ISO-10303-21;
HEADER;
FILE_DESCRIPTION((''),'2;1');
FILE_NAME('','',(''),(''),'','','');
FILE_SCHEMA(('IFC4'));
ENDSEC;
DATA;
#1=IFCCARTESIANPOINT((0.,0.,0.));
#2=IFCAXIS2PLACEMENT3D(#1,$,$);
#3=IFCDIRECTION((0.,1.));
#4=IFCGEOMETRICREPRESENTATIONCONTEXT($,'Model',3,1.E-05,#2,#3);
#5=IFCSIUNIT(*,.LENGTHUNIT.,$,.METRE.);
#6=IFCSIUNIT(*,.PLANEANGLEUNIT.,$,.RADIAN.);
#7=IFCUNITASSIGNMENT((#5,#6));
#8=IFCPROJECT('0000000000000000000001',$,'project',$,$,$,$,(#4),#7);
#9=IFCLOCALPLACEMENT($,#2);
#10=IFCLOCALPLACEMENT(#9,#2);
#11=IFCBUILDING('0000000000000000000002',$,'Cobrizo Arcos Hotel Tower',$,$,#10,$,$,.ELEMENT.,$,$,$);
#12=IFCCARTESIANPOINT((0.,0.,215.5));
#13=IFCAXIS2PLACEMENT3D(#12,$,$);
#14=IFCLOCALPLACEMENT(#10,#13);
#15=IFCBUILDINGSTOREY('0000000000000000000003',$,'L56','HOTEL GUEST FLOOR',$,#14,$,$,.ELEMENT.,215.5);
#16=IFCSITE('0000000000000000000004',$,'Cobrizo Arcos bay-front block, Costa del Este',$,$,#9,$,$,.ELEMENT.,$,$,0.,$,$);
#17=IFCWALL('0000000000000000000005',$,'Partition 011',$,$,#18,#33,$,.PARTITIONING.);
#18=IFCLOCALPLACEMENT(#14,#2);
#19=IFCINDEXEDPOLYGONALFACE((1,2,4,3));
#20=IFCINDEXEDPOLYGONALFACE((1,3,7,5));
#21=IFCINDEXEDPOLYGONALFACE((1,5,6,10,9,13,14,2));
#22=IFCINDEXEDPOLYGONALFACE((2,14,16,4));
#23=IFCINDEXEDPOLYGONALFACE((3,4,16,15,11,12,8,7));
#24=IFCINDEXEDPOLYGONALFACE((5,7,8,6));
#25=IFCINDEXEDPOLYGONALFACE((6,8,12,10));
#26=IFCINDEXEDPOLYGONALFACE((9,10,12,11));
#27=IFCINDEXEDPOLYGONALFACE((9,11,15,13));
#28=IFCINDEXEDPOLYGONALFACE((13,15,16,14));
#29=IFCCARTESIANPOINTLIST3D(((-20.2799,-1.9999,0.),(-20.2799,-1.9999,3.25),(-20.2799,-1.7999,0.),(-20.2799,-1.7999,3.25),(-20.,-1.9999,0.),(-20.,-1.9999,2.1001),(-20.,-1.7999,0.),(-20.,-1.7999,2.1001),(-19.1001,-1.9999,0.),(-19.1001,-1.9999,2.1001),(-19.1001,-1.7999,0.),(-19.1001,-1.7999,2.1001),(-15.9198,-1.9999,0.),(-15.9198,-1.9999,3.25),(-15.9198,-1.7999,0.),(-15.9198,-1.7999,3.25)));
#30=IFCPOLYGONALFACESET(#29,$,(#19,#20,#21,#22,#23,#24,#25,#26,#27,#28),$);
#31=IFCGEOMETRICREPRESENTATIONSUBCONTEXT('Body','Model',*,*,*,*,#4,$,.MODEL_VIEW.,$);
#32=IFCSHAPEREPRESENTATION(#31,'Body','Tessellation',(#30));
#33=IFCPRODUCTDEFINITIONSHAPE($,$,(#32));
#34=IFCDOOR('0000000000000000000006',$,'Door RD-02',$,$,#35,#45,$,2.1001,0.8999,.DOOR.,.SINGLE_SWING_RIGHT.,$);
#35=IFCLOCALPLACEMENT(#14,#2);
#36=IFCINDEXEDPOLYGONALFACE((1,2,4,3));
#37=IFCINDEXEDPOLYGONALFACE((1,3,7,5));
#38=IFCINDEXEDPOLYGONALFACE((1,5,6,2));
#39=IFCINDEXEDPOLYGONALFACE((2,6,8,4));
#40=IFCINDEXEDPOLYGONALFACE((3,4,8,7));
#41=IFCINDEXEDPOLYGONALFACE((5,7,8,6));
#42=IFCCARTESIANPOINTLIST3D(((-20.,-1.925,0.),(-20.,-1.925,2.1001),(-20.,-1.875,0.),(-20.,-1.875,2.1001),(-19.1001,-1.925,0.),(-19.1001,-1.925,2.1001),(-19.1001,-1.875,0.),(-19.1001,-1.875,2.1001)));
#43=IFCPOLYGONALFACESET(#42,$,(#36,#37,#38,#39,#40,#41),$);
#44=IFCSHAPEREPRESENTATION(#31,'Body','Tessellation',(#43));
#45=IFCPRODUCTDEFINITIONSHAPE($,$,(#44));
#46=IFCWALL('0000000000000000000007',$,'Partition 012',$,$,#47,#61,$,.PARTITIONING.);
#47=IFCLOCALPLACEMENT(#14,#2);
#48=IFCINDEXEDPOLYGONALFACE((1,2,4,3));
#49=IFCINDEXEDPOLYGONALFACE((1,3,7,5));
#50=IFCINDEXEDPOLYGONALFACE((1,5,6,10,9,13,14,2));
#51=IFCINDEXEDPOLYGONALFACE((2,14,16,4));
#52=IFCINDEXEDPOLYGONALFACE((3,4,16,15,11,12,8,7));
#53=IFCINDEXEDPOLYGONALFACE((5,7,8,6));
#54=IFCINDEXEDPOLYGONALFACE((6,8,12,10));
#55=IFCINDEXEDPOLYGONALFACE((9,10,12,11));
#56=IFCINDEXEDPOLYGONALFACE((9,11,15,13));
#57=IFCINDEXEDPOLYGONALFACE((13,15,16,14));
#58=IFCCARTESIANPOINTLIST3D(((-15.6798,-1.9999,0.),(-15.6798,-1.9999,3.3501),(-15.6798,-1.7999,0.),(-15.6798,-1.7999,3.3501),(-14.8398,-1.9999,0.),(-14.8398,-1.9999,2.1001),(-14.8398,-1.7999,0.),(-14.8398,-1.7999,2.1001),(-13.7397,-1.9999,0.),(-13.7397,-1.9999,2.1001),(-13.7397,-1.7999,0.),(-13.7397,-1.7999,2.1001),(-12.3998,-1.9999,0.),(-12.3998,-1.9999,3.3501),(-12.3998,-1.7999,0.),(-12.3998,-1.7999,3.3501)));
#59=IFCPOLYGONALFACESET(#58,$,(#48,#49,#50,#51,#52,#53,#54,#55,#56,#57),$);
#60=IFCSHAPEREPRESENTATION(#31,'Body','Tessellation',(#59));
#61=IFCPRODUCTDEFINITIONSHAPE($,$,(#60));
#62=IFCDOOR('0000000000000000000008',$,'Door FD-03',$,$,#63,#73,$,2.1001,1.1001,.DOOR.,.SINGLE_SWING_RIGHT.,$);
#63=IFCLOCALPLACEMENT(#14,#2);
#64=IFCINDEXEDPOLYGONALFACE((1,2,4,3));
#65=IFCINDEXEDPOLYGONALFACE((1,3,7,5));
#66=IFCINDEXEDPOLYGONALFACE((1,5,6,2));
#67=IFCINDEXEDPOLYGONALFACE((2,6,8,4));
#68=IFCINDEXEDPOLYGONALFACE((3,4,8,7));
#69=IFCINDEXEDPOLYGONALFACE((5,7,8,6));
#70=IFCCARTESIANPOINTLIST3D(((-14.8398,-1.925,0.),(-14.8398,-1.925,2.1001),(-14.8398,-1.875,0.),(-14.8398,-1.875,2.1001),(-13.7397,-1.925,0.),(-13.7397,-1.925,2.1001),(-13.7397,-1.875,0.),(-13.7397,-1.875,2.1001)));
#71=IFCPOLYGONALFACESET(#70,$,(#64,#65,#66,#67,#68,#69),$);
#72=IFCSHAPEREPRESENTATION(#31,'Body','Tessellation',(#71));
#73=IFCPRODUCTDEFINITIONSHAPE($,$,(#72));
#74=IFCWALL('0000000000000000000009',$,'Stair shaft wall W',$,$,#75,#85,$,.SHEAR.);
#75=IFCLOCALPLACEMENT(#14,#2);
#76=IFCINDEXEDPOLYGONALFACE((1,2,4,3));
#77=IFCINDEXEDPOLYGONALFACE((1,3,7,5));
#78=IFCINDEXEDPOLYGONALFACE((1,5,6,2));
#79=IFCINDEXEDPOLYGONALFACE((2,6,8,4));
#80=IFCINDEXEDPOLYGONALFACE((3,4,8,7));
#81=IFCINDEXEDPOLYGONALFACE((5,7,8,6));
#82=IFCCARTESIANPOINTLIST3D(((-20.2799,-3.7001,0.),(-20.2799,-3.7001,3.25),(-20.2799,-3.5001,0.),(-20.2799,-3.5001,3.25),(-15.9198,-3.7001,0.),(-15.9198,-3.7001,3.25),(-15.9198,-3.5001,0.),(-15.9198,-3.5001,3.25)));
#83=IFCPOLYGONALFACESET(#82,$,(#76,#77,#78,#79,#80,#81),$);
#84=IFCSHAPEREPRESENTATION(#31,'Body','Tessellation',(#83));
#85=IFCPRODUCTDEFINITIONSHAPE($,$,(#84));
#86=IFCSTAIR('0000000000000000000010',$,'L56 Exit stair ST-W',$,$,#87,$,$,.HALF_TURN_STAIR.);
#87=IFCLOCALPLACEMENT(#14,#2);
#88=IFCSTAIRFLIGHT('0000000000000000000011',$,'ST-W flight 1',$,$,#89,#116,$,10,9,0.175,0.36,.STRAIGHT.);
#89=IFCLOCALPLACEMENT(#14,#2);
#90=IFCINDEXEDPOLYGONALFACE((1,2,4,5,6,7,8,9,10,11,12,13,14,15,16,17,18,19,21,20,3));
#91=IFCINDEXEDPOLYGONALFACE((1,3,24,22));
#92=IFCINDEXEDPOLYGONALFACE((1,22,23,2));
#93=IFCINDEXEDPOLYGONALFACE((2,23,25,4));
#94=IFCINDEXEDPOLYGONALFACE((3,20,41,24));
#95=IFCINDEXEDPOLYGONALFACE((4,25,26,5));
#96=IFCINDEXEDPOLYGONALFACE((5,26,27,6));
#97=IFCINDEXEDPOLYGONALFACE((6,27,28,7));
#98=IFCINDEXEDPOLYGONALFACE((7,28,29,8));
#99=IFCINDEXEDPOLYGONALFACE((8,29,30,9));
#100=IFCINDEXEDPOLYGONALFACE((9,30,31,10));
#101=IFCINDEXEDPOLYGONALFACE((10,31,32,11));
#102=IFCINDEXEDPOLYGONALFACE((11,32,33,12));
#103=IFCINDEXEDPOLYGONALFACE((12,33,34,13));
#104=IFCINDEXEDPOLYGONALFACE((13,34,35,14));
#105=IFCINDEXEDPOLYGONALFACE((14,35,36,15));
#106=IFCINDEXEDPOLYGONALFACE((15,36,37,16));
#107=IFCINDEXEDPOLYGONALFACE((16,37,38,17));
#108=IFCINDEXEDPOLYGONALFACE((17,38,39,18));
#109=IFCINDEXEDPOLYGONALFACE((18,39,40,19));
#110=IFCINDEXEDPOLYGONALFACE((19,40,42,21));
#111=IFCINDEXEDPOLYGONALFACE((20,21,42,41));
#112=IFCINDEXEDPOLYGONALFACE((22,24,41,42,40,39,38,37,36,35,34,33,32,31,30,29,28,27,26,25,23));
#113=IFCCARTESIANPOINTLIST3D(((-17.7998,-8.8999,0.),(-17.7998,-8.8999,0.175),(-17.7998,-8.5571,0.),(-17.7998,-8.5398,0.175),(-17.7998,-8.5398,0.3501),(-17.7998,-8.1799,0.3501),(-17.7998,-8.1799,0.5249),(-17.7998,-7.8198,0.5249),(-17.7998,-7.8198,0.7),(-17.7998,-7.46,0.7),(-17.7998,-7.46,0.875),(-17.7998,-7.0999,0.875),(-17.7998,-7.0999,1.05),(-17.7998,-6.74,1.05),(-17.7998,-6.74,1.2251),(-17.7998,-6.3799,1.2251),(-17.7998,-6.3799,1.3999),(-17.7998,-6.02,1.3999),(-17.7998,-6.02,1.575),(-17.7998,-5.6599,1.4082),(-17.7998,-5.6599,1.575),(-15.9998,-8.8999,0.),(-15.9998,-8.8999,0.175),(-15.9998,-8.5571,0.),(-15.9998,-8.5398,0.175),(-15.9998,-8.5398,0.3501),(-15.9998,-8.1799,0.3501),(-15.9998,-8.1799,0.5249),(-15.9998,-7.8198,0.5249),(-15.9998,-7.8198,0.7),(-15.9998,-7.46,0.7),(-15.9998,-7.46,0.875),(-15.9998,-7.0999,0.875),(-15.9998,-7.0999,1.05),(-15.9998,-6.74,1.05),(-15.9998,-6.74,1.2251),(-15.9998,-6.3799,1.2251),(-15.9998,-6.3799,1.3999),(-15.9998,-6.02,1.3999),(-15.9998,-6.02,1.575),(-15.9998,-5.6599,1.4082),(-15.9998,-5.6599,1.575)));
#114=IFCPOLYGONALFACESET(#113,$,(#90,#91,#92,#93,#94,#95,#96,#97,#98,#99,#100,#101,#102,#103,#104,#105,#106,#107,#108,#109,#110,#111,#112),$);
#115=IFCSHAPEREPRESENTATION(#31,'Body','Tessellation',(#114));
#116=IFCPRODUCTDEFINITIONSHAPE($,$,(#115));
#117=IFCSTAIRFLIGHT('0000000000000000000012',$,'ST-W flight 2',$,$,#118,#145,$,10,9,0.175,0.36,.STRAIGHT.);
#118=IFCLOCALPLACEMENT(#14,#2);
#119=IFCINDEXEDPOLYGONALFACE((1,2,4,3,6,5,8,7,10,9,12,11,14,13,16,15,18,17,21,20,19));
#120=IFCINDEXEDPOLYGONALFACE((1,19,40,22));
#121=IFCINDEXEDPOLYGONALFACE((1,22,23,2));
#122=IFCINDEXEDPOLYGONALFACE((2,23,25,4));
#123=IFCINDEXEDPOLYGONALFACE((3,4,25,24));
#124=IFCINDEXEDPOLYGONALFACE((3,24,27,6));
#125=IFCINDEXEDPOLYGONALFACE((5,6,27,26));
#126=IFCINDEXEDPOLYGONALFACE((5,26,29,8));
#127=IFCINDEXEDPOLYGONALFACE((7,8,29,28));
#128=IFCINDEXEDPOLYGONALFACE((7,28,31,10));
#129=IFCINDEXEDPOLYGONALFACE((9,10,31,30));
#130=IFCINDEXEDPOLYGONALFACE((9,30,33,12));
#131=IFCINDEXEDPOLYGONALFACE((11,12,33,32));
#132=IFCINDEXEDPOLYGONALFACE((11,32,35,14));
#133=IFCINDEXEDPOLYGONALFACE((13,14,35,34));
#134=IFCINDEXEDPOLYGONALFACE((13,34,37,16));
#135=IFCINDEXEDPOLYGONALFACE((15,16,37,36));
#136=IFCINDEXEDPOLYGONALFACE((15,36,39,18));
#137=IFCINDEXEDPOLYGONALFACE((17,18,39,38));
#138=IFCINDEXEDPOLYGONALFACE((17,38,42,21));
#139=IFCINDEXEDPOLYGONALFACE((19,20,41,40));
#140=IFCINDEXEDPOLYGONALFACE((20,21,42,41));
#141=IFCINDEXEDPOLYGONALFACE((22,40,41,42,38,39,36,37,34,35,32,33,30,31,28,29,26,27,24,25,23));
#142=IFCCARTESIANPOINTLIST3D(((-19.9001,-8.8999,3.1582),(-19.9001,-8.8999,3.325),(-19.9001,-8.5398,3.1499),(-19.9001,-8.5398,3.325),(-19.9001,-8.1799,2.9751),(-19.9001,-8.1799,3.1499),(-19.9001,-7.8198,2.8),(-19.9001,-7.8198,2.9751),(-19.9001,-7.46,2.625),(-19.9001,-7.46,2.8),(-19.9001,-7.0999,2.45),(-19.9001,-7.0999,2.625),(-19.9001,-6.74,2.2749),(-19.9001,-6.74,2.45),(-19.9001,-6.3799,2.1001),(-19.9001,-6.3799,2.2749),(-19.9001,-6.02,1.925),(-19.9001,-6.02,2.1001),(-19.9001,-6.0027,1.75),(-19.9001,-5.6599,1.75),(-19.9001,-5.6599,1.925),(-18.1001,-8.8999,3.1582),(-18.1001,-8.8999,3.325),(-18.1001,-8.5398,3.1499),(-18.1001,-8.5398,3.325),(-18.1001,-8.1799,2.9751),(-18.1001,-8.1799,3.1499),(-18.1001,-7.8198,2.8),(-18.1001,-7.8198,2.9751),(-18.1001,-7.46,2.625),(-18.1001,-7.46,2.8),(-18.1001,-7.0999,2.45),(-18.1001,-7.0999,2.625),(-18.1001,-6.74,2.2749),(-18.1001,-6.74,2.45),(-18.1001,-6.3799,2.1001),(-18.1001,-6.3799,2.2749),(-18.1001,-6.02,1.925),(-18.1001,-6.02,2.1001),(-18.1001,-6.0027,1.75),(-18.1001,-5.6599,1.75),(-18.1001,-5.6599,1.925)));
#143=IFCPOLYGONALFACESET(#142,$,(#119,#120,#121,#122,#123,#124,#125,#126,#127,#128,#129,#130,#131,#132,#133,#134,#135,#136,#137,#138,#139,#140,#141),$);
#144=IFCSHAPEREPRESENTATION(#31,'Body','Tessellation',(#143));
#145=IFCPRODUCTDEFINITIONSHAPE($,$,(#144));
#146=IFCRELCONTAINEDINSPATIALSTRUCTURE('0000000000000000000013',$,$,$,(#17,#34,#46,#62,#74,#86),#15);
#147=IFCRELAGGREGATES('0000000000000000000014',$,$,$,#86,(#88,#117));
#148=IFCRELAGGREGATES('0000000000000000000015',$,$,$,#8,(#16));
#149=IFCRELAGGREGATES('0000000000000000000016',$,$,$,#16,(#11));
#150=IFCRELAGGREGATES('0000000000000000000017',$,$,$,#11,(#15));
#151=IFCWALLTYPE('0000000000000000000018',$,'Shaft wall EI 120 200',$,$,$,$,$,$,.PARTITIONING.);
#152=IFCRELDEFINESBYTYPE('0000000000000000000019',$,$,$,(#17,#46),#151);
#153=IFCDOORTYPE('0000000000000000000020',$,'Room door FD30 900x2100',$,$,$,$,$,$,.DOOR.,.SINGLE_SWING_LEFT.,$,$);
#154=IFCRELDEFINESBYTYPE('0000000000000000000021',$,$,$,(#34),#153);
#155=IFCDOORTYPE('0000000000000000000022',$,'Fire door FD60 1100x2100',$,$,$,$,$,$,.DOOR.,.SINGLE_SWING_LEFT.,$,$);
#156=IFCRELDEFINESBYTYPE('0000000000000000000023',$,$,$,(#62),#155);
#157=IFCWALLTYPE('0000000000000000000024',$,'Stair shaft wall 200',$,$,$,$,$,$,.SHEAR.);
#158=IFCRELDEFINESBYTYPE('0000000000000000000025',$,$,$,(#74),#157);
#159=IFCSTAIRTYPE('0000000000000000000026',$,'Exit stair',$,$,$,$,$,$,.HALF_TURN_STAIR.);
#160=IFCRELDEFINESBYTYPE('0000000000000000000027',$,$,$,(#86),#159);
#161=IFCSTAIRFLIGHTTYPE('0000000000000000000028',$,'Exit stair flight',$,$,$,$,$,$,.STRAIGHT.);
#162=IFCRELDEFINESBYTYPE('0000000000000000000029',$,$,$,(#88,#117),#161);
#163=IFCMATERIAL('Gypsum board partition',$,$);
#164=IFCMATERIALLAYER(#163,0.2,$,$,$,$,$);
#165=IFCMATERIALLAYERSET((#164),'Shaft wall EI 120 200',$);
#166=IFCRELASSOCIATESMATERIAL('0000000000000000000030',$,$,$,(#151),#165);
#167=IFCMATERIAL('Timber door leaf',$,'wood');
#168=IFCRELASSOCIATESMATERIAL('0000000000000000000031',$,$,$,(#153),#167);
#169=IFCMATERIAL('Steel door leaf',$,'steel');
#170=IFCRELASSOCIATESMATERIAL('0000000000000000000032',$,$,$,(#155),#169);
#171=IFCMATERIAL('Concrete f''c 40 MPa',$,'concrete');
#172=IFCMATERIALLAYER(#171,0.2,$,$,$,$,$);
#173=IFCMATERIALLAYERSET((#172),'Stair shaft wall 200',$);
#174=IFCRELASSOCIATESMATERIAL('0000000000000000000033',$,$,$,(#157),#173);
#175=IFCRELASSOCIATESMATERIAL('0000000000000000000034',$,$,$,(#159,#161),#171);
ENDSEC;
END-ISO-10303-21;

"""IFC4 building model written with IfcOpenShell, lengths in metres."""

from ifc_helpers import new_model, si_unit, direction, frame, frame_2d, origin, place, context, subcontext, project, spatial, polyline, rectangle, outline, extrude, material, layer, layer_set, type_object, element, fill, aggregate, save


model = new_model("IFC4")

# Units and contexts
model_context = context("Model", 3, precision=1e-05, world=origin(), true_north=direction((0.0, 1.0)))
body_context = subcontext(model_context, "Body", "Model", "MODEL_VIEW")
ifc_project = project(units=[si_unit("LENGTHUNIT", "METRE"), si_unit("PLANEANGLEUNIT", "RADIAN")], contexts=[model_context])

# Site, building, storey
site_placement = place(None, origin())
site = spatial("IfcSite", under=ifc_project, at=site_placement, Name="Cobrizo Arcos bay-front block, Costa del Este", CompositionType="ELEMENT", RefElevation=0.0)
building_placement = place(site_placement, origin())
building = spatial("IfcBuilding", under=site, at=building_placement, Name="Cobrizo Arcos Hotel Tower", CompositionType="ELEMENT")
storey_placement = place(building_placement, frame((0.0, 0.0, 215.5)))
storey = spatial("IfcBuildingStorey", under=building, at=storey_placement, Name="L56", Description="HOTEL GUEST FLOOR", CompositionType="ELEMENT", Elevation=215.5)

# Walls, openings, doors
ifc_material_1 = material(Name="Gypsum board partition")
ifc_layer_1 = layer(ifc_material_1, 0.2)
ifc_layer_set_1 = layer_set([ifc_layer_1], Name="Shaft wall EI 120 200")
wall_type_1 = type_object("IfcWallType", Name="Shaft wall EI 120 200", PredefinedType="PARTITIONING", material=ifc_layer_set_1)
wall_1_placement = place(storey_placement, frame((-20.28, -1.8999, 0.0), z_axis=(0.0, 0.0, 1.0), x_axis=(1.0, 0.0, 0.0)))
wall_1 = element("IfcWall", 1, at=wall_1_placement, inside=storey, type_object=wall_type_1, Name="Partition 011", PredefinedType="PARTITIONING", context=body_context, shape_type="SweptSolid", body=[
    extrude(rectangle(XDim=4.3601, YDim=0.2, at=frame_2d((2.1802, 0.0))), origin(), (0.0, 0.0, 1.0), 3.25),
])
opening_1_placement = place(wall_1_placement, frame((0.28, 0.0, 0.0)))
opening_1 = element("IfcOpeningElement", 2, at=opening_1_placement, cuts=wall_1, PredefinedType="OPENING", context=body_context, shape_type="SweptSolid", body=[
    extrude(rectangle(XDim=0.8999, YDim=2.1001, at=frame_2d((0.45, 1.05))), frame((0.0, 0.1121, 0.0), z_axis=(0.0, -1.0, 0.0), x_axis=(1.0, 0.0, 0.0)), (0.0, 0.0, 1.0), 0.2239),
])
ifc_material_2 = material(Name="Timber door leaf", Category="wood")
door_type_1 = type_object("IfcDoorType", Name="Room door FD30 900x2100", OperationType="SINGLE_SWING_LEFT", PredefinedType="DOOR", material=ifc_material_2)
door_1_placement = place(opening_1_placement, origin())
door_1 = element("IfcDoor", 3, at=door_1_placement, inside=storey, type_object=door_type_1, Name="Door RD-02", OperationType="SINGLE_SWING_RIGHT", OverallHeight=2.1001, OverallWidth=0.8999, PredefinedType="DOOR", context=body_context, shape_type="SweptSolid", body=[
    extrude(rectangle(XDim=0.8999, YDim=2.1001, at=frame_2d((0.45, 1.05))), frame((0.0, 0.0249, 0.0), z_axis=(0.0, -1.0, 0.0), x_axis=(1.0, 0.0, 0.0)), (0.0, 0.0, 1.0), 0.05),
])
fill(opening_1, door_1)
wall_2_placement = place(storey_placement, frame((-15.6799, -1.8999, 0.0), z_axis=(0.0, 0.0, 1.0), x_axis=(1.0, 0.0, 0.0)))
wall_2 = element("IfcWall", 4, at=wall_2_placement, inside=storey, type_object=wall_type_1, Name="Partition 012", PredefinedType="PARTITIONING", context=body_context, shape_type="SweptSolid", body=[
    extrude(rectangle(XDim=3.28, YDim=0.2, at=frame_2d((1.6401, 0.0))), origin(), (0.0, 0.0, 1.0), 3.3501),
])
opening_2_placement = place(wall_2_placement, frame((0.8401, 0.0, 0.0)))
opening_2 = element("IfcOpeningElement", 5, at=opening_2_placement, cuts=wall_2, PredefinedType="OPENING", context=body_context, shape_type="SweptSolid", body=[
    extrude(rectangle(XDim=1.1001, YDim=2.1001, at=frame_2d((0.55, 1.05))), frame((0.0, 0.1121, 0.0), z_axis=(0.0, -1.0, 0.0), x_axis=(1.0, 0.0, 0.0)), (0.0, 0.0, 1.0), 0.2239),
])
ifc_material_3 = material(Name="Steel door leaf", Category="steel")
door_type_2 = type_object("IfcDoorType", Name="Fire door FD60 1100x2100", OperationType="SINGLE_SWING_LEFT", PredefinedType="DOOR", material=ifc_material_3)
door_2_placement = place(opening_2_placement, origin())
door_2 = element("IfcDoor", 6, at=door_2_placement, inside=storey, type_object=door_type_2, Name="Door FD-03", OperationType="SINGLE_SWING_RIGHT", OverallHeight=2.1001, OverallWidth=1.1001, PredefinedType="DOOR", context=body_context, shape_type="SweptSolid", body=[
    extrude(rectangle(XDim=1.1001, YDim=2.1001, at=frame_2d((0.55, 1.05))), frame((0.0, 0.0249, 0.0), z_axis=(0.0, -1.0, 0.0), x_axis=(1.0, 0.0, 0.0)), (0.0, 0.0, 1.0), 0.05),
])
fill(opening_2, door_2)

# Wall
ifc_material_4 = material(Name="Concrete f'c 40 MPa", Category="concrete")
ifc_layer_2 = layer(ifc_material_4, 0.2)
ifc_layer_set_2 = layer_set([ifc_layer_2], Name="Stair shaft wall 200")
wall_type_2 = type_object("IfcWallType", Name="Stair shaft wall 200", PredefinedType="SHEAR", material=ifc_layer_set_2)
wall_3_placement = place(storey_placement, frame((-20.28, -3.6001, 0.0), z_axis=(0.0, 0.0, 1.0), x_axis=(1.0, 0.0, 0.0)))
element("IfcWall", 7, at=wall_3_placement, inside=storey, type_object=wall_type_2, Name="Stair shaft wall W", PredefinedType="SHEAR", context=body_context, shape_type="SweptSolid", body=[
    extrude(rectangle(XDim=4.3601, YDim=0.2, at=frame_2d((2.1802, 0.0))), origin(), (0.0, 0.0, 1.0), 3.25),
])

# Stair, stair flights
stair_type = type_object("IfcStairType", Name="Exit stair", PredefinedType="HALF_TURN_STAIR", material=ifc_material_4)
stair_placement = place(storey_placement, origin())
stair = element("IfcStair", 8, at=stair_placement, inside=storey, type_object=stair_type, Name="L56 Exit stair ST-W", PredefinedType="HALF_TURN_STAIR")
stair_flight_type = type_object("IfcStairFlightType", Name="Exit stair flight", PredefinedType="STRAIGHT", material=ifc_material_4)
stair_flight_1_placement = place(storey_placement, frame((-16.8999, -8.8999, 0.0), z_axis=(0.0, 0.0, 1.0), x_axis=(0.0, 1.0, 0.0)))
stair_flight_1 = element("IfcStairFlight", 9, at=stair_flight_1_placement, type_object=stair_flight_type, Name="ST-W flight 1", NumberOfRisers=10, NumberOfTreads=9, PredefinedType="STRAIGHT", RiserHeight=0.175, TreadLength=0.36, context=body_context, shape_type="SweptSolid", body=[
    extrude(outline(polyline([(0.0, 0.0), (0.0, 0.175), (0.3601, 0.175), (0.3601, 0.3501), (0.72, 0.3501), (0.72, 0.5249), (1.0801, 0.5249), (1.0801, 0.7), (1.4399, 0.7), (1.4399, 0.875), (1.8, 0.875), (1.8, 1.05), (2.1599, 1.05), (2.1599, 1.2251), (2.52, 1.2251), (2.52, 1.3999), (2.8799, 1.3999), (2.8799, 1.575), (3.24, 1.575), (3.24, 1.75), (3.24, 1.4082), (0.3428, 0.0), (0.0, 0.0)])), frame((0.0, 0.8999, 0.0), z_axis=(0.0, -1.0, 0.0), x_axis=(1.0, 0.0, 0.0)), (0.0, 0.0, 1.0), 1.8),
])
stair_flight_2_placement = place(storey_placement, frame((-19.0, -5.6599, 1.75), z_axis=(0.0, 0.0, 1.0), x_axis=(0.0, -1.0, 0.0)))
stair_flight_2 = element("IfcStairFlight", 10, at=stair_flight_2_placement, type_object=stair_flight_type, Name="ST-W flight 2", NumberOfRisers=10, NumberOfTreads=9, PredefinedType="STRAIGHT", RiserHeight=0.175, TreadLength=0.36, context=body_context, shape_type="SweptSolid", body=[
    extrude(outline(polyline([(0.0, 0.0), (0.0, 0.175), (0.3601, 0.175), (0.3601, 0.3501), (0.72, 0.3501), (0.72, 0.5249), (1.0801, 0.5249), (1.0801, 0.7), (1.4399, 0.7), (1.4399, 0.875), (1.8, 0.875), (1.8, 1.05), (2.1599, 1.05), (2.1599, 1.2251), (2.52, 1.2251), (2.52, 1.3999), (2.8799, 1.3999), (2.8799, 1.575), (3.24, 1.575), (3.24, 1.75), (3.24, 1.4082), (0.3428, 0.0), (0.0, 0.0)])), frame((0.0, 0.8999, 0.0), z_axis=(0.0, -1.0, 0.0), x_axis=(1.0, 0.0, 0.0)), (0.0, 0.0, 1.0), 1.8),
])
aggregate(stair, [stair_flight_1, stair_flight_2])

save(model, "model.ifc")
